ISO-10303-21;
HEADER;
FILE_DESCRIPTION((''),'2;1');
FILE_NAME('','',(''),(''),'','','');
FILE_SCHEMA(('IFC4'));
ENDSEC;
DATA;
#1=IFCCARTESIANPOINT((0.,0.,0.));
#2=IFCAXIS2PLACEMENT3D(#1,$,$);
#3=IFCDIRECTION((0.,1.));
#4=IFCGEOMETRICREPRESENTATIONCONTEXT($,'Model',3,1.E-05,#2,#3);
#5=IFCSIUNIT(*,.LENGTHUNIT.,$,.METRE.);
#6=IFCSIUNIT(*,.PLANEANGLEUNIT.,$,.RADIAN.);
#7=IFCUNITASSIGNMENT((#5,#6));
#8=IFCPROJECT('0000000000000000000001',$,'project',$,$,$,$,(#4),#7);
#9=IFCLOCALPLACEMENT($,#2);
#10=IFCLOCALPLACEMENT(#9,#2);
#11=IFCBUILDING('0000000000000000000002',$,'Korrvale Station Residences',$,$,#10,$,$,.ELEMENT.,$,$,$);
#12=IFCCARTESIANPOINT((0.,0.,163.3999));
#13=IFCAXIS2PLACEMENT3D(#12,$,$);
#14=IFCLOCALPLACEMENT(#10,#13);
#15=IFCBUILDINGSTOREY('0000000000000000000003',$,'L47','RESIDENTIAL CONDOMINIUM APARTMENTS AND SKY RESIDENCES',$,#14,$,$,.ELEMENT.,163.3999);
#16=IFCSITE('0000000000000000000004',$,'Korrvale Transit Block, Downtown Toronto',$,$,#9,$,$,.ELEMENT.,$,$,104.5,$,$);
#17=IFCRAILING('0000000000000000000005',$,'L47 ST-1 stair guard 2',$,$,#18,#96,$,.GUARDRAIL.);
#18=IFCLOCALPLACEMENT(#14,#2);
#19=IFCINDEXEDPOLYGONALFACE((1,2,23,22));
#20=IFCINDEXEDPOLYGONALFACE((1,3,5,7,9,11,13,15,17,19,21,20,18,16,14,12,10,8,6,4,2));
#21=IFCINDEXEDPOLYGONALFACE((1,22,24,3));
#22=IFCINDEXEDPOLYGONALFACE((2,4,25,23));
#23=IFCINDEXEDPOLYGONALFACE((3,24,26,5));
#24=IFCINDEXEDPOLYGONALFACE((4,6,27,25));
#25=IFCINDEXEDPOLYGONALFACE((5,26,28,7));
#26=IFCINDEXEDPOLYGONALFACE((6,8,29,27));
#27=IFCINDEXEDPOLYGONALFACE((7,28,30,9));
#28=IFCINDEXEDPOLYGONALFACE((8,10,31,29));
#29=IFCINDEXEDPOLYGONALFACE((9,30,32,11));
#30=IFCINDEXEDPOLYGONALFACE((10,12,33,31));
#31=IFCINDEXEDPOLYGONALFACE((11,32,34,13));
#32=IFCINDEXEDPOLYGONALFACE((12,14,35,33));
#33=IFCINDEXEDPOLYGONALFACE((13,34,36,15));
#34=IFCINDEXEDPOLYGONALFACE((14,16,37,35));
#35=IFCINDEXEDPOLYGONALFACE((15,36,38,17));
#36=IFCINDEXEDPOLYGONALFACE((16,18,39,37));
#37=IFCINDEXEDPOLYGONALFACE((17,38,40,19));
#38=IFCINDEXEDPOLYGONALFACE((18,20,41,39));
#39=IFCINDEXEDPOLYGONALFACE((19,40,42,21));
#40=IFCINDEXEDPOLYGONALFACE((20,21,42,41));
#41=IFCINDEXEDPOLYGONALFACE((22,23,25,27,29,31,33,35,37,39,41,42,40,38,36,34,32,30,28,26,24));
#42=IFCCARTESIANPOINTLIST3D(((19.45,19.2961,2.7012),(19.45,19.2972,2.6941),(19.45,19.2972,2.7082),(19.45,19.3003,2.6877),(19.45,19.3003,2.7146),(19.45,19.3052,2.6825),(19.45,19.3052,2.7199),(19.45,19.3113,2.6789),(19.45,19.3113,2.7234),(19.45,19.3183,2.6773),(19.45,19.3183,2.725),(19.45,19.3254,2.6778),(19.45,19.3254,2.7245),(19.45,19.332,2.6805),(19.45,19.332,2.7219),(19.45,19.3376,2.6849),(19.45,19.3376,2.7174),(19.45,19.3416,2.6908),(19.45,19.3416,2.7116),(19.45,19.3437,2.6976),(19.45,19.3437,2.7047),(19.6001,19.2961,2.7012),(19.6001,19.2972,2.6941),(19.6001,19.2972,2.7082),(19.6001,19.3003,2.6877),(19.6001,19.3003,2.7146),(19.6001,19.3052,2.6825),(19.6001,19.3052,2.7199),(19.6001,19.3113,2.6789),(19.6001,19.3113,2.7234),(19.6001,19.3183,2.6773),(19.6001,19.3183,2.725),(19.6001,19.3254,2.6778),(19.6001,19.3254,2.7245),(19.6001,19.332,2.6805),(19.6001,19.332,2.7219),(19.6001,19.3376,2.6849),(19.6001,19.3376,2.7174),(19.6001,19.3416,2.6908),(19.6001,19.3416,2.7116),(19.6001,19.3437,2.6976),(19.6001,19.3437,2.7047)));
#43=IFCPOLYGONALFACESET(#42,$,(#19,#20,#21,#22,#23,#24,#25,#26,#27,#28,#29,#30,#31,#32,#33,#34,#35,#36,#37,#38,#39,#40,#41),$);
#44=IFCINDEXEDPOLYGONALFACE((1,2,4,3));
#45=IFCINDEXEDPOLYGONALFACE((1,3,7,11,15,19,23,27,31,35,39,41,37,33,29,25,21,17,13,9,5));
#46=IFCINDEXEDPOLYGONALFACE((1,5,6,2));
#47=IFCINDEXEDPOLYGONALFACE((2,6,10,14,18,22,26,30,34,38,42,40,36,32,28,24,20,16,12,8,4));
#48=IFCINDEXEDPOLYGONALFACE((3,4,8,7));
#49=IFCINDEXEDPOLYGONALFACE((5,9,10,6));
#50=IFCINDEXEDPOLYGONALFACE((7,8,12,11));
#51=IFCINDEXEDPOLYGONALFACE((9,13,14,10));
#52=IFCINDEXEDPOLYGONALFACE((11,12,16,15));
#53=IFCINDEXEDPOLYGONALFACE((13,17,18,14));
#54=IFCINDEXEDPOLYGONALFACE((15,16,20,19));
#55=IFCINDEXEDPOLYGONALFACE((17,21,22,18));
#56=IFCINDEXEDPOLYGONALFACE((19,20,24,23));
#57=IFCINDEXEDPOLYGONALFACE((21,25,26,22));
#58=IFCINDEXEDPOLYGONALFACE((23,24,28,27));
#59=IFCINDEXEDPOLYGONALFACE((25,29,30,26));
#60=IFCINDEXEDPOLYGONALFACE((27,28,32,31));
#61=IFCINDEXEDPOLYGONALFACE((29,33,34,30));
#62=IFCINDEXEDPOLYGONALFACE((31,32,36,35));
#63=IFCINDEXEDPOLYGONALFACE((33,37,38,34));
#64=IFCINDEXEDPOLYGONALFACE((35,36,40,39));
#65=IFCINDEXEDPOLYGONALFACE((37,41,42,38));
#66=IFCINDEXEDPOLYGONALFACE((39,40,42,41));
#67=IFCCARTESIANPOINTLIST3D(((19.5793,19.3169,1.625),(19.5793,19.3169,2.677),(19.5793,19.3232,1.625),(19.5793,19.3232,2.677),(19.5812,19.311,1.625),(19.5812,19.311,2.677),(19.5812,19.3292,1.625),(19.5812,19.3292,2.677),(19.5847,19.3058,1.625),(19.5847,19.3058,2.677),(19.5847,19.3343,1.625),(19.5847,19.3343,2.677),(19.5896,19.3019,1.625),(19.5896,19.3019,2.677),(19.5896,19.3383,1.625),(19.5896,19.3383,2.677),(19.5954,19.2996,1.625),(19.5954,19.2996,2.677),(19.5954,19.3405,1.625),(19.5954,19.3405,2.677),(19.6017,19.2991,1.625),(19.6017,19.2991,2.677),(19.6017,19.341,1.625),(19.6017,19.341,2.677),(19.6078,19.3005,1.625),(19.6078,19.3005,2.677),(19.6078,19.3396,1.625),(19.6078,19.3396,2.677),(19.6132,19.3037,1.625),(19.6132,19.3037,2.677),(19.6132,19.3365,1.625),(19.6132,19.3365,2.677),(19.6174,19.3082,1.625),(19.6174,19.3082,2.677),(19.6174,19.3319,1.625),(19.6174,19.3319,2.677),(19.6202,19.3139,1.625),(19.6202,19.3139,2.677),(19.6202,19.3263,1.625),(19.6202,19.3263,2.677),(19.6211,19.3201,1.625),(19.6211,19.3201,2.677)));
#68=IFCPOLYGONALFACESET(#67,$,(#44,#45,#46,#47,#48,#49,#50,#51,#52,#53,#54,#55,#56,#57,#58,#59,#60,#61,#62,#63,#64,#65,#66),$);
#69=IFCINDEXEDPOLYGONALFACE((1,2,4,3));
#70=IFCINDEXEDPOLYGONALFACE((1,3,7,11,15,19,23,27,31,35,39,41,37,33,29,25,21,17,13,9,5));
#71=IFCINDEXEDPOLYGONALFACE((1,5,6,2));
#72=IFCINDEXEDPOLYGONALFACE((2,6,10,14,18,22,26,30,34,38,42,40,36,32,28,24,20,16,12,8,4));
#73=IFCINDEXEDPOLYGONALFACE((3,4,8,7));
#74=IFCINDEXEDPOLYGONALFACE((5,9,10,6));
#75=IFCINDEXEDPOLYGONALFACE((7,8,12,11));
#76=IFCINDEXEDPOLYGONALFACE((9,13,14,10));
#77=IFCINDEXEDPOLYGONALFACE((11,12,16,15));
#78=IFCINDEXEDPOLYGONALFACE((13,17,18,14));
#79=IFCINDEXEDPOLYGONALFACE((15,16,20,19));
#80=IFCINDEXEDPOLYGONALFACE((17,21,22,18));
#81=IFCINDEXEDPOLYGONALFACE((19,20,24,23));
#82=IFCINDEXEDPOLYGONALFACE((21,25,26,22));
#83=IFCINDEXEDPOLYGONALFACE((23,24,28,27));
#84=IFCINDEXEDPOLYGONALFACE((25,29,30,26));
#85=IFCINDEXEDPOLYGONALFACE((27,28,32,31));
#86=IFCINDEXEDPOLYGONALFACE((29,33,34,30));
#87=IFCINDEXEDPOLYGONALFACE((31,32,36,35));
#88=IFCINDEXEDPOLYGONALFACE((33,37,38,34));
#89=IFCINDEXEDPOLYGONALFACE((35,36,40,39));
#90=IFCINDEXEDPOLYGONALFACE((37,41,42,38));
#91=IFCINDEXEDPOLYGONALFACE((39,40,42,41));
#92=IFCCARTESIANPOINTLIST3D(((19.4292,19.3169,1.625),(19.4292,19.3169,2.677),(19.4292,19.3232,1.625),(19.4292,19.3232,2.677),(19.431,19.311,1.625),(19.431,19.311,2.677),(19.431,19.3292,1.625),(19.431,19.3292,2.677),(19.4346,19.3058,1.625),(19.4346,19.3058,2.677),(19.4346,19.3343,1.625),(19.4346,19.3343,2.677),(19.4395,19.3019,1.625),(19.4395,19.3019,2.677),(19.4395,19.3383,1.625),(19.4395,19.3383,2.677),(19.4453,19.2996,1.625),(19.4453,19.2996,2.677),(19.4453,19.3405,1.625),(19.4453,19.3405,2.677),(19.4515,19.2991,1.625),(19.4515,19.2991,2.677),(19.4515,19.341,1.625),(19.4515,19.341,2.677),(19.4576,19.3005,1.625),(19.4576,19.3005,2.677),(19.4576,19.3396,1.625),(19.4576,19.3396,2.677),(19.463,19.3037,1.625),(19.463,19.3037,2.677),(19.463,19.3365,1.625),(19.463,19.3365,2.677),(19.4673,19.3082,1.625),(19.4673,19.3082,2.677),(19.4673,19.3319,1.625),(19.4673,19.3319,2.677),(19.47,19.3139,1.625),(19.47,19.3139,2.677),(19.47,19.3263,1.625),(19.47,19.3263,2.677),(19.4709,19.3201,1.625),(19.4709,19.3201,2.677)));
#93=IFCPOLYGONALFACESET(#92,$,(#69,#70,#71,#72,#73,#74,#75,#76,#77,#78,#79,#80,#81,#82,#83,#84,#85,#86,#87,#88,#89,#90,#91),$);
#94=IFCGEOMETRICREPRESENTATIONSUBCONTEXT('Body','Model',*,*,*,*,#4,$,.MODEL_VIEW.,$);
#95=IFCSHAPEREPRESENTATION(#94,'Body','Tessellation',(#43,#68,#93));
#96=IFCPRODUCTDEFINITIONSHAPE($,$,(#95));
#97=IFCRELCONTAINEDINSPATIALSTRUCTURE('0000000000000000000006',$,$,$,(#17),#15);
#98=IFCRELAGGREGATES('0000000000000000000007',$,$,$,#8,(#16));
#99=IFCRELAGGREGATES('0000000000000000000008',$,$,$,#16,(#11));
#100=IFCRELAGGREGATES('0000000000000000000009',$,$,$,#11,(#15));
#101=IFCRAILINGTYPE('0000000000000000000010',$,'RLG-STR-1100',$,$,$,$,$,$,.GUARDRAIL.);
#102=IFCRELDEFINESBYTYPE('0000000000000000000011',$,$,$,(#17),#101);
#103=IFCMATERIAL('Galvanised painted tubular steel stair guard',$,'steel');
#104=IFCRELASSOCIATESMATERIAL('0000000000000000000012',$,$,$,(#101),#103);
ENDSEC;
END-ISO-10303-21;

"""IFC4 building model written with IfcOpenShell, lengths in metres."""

from ifc_helpers import new_model, si_unit, direction, frame, origin, origin_2d, place, context, subcontext, project, spatial, circle, extrude, material, type_object, element, save


model = new_model("IFC4")

# Units and contexts
model_context = context("Model", 3, precision=1e-05, world=origin(), true_north=direction((0.0, 1.0)))
body_context = subcontext(model_context, "Body", "Model", "MODEL_VIEW")
ifc_project = project(units=[si_unit("LENGTHUNIT", "METRE"), si_unit("PLANEANGLEUNIT", "RADIAN")], contexts=[model_context])

# Site, building, storey
site_placement = place(None, origin())
site = spatial("IfcSite", under=ifc_project, at=site_placement, Name="Korrvale Transit Block, Downtown Toronto", CompositionType="ELEMENT", RefElevation=104.5)
building_placement = place(site_placement, origin())
building = spatial("IfcBuilding", under=site, at=building_placement, Name="Korrvale Station Residences", CompositionType="ELEMENT")
storey_placement = place(building_placement, frame((0.0, 0.0, 163.3999)))
storey = spatial("IfcBuildingStorey", under=building, at=storey_placement, Name="L47", Description="RESIDENTIAL CONDOMINIUM APARTMENTS AND SKY RESIDENCES", CompositionType="ELEMENT", Elevation=163.3999)

# Railing
ifc_material_1 = material(Name="Galvanised painted tubular steel stair guard", Category="steel")
railing_type_1 = type_object("IfcRailingType", Name="RLG-STR-1100", PredefinedType="GUARDRAIL", material=ifc_material_1)
railing_1_placement = place(storey_placement, frame((19.6001, 19.3201, 1.625)))
element("IfcRailing", 1, at=railing_1_placement, inside=storey, type_object=railing_type_1, Name="L47 ST-1 stair guard 2", PredefinedType="GUARDRAIL", context=body_context, shape_type="SweptSolid", body=[
    extrude(circle(Radius=0.0239, at=origin_2d()), frame((0.0, 0.0, 1.0762), z_axis=(-1.0, 0.0, 0.0), x_axis=(0.0, -1.0, 0.0)), (0.0, 0.0, 1.0), 0.1501),
    extrude(circle(Radius=0.021, at=origin_2d()), origin(), (0.0, 0.0, 1.0), 1.052),
    extrude(circle(Radius=0.021, at=origin_2d()), frame((-0.1501, 0.0, 0.0)), (0.0, 0.0, 1.0), 1.052),
])

save(model, "model.ifc")
